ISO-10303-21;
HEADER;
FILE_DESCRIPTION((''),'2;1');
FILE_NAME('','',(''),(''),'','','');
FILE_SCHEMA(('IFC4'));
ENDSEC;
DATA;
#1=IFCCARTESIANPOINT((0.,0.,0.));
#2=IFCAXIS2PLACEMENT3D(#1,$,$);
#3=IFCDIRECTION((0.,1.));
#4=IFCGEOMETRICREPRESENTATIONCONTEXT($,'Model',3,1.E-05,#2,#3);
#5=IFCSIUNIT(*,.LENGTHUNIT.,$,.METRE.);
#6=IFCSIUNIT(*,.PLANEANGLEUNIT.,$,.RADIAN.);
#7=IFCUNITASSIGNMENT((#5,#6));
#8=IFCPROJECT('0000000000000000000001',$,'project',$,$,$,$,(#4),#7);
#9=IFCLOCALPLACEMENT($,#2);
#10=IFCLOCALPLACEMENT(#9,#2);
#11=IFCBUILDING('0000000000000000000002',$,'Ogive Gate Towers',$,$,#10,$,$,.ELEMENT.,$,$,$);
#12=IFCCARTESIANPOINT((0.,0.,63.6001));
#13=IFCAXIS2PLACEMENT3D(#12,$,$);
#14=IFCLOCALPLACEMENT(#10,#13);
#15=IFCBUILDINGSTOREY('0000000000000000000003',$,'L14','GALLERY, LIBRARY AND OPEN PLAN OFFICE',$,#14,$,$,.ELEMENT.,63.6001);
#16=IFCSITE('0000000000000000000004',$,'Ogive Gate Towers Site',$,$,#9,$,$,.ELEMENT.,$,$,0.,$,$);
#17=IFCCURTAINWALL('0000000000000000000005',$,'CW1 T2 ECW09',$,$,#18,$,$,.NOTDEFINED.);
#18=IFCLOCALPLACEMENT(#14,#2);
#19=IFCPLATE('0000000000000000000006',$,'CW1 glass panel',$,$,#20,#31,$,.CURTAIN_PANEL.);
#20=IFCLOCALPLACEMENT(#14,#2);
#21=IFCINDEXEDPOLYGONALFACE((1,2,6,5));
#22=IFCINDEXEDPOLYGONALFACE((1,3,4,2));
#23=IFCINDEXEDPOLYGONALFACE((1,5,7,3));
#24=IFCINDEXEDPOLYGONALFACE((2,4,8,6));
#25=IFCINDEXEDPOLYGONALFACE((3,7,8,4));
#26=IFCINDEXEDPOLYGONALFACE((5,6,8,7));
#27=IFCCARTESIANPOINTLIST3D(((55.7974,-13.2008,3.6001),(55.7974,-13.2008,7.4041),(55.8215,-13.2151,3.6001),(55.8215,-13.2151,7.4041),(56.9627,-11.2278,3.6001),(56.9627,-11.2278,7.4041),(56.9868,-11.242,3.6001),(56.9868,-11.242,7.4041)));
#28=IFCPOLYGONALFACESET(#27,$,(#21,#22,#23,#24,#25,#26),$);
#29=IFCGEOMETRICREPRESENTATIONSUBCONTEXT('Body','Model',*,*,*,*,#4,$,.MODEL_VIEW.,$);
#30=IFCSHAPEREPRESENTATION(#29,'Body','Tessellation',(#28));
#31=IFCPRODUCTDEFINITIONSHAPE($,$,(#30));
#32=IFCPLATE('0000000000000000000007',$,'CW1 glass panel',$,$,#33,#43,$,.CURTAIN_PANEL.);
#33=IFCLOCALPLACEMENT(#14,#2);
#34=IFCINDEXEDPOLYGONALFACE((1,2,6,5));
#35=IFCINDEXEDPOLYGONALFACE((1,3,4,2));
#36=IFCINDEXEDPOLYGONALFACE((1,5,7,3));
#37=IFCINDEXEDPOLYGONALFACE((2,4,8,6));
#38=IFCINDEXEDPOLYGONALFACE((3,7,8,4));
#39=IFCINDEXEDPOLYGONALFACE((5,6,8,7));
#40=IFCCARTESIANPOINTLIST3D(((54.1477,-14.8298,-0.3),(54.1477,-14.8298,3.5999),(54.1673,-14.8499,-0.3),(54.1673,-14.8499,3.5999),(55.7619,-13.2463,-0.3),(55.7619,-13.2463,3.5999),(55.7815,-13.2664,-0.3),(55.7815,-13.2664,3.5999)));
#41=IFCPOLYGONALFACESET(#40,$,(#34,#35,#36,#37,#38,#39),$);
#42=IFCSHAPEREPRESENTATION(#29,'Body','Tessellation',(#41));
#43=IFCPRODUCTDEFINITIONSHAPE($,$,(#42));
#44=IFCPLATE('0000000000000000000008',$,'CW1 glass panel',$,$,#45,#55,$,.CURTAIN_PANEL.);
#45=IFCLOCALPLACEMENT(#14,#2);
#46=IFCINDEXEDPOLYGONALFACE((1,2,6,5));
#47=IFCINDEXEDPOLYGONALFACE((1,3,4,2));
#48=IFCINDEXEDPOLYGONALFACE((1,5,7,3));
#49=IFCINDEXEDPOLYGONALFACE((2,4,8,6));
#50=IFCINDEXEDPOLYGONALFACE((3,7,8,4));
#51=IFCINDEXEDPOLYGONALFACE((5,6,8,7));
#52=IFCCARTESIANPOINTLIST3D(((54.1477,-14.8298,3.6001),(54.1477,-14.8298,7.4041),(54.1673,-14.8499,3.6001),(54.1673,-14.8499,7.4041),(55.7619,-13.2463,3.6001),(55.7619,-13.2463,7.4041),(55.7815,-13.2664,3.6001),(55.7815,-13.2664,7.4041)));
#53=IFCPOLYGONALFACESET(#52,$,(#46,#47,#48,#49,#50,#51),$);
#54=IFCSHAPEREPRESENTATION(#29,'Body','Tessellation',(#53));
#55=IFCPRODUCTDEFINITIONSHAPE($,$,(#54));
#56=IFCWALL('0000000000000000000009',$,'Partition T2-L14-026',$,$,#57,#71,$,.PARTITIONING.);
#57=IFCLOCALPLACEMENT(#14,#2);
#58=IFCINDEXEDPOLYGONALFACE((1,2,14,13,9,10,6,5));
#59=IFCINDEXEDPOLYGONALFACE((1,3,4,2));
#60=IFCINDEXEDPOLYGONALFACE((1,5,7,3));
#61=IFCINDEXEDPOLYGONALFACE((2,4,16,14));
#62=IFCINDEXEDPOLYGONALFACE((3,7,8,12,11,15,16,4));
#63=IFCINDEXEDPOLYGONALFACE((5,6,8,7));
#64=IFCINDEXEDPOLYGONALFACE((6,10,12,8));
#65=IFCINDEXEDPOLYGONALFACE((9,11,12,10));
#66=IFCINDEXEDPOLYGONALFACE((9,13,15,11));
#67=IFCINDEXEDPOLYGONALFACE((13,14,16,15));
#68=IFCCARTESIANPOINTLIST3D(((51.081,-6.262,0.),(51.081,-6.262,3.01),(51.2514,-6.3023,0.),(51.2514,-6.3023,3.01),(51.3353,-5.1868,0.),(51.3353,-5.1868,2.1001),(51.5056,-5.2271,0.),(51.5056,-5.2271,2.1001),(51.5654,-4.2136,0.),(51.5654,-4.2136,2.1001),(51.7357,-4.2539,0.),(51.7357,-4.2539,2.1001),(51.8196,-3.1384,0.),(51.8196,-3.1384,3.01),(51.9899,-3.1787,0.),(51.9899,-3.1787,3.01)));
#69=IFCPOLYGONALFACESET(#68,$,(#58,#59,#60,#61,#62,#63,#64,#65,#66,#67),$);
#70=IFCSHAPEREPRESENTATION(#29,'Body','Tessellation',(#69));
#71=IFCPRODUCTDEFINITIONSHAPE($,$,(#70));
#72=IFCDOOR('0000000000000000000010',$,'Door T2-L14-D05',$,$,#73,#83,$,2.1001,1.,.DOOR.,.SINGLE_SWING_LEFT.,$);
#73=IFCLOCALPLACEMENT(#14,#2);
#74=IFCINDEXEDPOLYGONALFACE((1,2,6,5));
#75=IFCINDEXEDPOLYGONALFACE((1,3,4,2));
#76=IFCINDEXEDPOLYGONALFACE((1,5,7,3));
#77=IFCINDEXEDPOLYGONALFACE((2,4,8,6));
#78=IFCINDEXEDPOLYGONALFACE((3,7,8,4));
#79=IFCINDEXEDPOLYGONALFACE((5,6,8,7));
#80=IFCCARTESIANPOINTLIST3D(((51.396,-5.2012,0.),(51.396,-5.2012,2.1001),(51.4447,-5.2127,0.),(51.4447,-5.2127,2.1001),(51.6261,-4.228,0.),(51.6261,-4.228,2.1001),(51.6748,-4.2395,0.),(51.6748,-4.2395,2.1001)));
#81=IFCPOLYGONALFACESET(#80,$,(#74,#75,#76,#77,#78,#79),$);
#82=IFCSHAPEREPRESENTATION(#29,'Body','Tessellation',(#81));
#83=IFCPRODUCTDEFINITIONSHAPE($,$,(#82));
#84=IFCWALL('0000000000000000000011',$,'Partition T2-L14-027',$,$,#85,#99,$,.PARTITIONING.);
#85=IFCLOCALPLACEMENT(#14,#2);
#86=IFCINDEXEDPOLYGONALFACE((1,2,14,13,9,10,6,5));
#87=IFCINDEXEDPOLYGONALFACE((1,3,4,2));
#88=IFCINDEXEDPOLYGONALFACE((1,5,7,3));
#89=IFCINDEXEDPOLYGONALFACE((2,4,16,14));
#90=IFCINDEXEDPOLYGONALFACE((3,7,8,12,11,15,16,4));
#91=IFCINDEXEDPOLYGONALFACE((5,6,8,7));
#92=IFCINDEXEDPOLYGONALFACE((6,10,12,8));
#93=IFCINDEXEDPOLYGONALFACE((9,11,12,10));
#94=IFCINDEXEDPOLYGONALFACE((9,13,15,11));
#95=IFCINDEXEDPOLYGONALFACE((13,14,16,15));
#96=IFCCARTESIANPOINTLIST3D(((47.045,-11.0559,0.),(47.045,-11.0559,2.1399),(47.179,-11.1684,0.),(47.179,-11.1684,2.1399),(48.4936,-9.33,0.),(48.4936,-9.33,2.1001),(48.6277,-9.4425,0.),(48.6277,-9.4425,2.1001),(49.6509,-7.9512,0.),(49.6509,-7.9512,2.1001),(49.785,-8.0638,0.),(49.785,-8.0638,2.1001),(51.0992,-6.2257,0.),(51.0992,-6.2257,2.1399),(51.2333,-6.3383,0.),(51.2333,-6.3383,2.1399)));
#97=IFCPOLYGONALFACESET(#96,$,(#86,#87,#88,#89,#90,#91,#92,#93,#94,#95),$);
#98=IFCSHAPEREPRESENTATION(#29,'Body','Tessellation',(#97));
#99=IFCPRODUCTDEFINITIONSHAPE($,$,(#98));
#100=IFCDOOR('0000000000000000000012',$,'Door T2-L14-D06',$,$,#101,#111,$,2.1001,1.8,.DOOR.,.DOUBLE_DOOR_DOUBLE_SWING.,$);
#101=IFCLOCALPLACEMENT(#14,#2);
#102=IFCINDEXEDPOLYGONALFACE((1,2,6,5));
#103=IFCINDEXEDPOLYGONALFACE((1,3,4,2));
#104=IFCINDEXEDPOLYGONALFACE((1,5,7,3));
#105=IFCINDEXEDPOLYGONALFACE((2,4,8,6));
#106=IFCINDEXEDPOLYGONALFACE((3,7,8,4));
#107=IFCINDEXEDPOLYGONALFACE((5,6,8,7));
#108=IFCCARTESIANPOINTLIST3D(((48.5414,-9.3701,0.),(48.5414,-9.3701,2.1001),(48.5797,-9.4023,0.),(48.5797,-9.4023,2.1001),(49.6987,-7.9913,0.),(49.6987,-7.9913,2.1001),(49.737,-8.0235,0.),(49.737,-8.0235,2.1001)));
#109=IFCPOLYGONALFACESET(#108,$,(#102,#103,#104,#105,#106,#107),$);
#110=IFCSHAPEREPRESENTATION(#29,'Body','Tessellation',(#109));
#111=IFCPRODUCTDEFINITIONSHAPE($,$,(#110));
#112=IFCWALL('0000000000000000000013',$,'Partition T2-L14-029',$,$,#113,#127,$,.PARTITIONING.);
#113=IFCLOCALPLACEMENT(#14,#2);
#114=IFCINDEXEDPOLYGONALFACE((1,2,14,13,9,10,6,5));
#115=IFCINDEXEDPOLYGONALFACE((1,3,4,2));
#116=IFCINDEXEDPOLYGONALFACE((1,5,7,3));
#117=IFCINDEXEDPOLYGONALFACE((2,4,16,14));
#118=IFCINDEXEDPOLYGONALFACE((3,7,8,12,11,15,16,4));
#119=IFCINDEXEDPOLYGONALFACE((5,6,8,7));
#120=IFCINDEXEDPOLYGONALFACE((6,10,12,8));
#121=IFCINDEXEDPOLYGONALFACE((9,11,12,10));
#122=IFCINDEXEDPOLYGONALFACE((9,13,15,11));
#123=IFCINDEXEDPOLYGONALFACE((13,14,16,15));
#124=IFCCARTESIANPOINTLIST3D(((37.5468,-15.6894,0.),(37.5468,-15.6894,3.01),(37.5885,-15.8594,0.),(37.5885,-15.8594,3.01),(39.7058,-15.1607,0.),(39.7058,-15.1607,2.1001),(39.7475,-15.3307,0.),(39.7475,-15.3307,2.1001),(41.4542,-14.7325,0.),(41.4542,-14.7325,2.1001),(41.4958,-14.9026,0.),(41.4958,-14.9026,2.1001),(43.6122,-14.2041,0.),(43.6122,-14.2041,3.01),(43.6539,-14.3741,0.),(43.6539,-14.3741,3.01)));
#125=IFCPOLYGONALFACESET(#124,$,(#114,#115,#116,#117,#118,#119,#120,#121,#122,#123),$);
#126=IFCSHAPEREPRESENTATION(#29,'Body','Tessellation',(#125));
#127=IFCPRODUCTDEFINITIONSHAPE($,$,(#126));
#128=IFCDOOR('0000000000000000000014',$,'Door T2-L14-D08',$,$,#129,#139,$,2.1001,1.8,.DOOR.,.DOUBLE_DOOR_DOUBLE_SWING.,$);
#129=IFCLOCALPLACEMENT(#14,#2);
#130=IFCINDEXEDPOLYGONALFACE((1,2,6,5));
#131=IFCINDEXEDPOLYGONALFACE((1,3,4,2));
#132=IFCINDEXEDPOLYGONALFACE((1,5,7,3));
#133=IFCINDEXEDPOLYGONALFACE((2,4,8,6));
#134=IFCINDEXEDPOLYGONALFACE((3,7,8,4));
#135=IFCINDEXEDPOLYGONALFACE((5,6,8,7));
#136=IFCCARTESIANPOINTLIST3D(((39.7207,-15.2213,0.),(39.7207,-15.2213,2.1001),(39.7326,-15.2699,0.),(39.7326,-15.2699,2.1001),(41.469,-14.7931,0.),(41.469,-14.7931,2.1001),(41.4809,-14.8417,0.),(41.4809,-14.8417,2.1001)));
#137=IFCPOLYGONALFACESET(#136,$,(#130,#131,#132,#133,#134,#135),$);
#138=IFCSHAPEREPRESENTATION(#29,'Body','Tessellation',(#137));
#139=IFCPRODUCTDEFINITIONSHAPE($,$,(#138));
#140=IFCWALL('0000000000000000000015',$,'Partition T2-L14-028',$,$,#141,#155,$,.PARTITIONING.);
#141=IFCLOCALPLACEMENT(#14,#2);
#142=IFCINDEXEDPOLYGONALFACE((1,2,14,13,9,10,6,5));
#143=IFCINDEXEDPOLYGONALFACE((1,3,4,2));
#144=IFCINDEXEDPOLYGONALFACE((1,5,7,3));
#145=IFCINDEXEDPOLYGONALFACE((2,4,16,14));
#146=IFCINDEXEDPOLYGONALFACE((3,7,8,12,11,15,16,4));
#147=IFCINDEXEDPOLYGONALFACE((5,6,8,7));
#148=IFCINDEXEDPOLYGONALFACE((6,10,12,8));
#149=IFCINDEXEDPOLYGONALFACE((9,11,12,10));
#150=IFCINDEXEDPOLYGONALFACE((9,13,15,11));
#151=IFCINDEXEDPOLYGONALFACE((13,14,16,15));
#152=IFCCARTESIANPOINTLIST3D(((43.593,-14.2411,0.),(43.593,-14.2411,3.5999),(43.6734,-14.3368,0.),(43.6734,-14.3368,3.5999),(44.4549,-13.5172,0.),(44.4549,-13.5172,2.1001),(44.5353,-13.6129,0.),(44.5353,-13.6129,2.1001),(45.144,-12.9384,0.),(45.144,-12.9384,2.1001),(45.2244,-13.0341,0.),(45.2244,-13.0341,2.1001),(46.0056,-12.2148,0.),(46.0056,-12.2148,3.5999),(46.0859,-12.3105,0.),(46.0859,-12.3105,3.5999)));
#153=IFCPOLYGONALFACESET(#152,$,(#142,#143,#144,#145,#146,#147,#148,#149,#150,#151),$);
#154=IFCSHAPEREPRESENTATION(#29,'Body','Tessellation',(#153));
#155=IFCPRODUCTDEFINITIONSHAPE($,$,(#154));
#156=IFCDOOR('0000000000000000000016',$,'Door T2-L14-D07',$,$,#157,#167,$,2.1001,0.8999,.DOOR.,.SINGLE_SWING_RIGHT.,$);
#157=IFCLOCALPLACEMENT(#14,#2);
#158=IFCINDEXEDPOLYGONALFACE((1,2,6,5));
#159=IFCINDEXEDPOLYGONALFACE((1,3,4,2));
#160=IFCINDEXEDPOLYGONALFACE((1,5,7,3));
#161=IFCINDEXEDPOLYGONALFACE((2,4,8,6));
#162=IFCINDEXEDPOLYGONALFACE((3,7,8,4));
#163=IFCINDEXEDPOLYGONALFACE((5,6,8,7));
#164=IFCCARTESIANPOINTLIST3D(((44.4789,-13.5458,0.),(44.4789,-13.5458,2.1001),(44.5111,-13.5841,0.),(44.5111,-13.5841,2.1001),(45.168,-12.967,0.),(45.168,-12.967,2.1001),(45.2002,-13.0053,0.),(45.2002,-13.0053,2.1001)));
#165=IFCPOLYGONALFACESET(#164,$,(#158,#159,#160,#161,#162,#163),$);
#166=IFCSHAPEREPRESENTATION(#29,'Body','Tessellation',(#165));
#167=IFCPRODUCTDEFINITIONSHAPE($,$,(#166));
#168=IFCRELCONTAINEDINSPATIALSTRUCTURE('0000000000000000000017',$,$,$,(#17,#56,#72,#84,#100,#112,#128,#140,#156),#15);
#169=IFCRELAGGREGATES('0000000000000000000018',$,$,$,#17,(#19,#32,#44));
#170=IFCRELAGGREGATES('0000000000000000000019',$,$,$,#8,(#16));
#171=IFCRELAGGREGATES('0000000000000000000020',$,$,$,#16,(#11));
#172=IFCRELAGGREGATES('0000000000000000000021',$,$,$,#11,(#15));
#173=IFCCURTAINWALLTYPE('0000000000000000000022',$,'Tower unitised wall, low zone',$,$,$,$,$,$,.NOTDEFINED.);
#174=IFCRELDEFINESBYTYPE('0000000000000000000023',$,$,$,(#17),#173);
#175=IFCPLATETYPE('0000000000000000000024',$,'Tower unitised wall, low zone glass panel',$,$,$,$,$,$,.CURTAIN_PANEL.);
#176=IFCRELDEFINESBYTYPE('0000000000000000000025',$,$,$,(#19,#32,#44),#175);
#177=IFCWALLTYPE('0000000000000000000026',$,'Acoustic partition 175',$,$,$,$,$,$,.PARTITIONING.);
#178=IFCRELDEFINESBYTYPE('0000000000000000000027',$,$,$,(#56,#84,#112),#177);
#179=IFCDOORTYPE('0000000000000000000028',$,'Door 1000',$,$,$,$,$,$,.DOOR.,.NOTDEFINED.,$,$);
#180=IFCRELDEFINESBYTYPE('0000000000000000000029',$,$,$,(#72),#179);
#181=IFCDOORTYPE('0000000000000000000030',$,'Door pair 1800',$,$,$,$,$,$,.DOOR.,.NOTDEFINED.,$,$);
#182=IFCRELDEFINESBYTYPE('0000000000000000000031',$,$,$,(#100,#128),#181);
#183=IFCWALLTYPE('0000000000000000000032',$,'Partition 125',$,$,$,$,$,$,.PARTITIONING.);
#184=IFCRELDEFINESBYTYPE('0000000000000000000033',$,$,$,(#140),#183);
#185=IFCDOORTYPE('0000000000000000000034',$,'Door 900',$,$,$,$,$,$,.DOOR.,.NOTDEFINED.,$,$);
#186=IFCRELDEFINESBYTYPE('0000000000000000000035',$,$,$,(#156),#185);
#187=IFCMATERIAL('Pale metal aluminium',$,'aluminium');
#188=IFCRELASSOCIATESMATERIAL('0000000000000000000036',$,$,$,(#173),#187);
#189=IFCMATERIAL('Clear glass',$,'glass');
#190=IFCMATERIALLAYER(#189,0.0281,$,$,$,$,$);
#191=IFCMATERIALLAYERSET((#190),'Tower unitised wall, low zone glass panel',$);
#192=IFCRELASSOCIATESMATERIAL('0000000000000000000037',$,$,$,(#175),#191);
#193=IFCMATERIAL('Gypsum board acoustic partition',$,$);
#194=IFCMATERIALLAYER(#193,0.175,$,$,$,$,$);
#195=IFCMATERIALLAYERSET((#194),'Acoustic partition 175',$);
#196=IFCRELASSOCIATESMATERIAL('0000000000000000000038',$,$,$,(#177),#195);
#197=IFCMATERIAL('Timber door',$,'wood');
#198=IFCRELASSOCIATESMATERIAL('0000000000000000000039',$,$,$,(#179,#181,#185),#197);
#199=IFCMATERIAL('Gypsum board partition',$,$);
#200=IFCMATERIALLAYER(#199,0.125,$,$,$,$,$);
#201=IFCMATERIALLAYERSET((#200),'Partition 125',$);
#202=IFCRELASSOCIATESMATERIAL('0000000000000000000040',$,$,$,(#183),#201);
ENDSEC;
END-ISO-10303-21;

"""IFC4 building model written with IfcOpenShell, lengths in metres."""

from ifc_helpers import new_model, si_unit, direction, frame, frame_2d, origin, origin_2d, place, context, subcontext, project, spatial, rectangle, extrude, material, layer, layer_set, type_object, element, fill, aggregate, save


model = new_model("IFC4")

# Units and contexts
model_context = context("Model", 3, precision=1e-05, world=origin(), true_north=direction((0.0, 1.0)))
body_context = subcontext(model_context, "Body", "Model", "MODEL_VIEW")
ifc_project = project(units=[si_unit("LENGTHUNIT", "METRE"), si_unit("PLANEANGLEUNIT", "RADIAN")], contexts=[model_context])

# Site, building, storey
site_placement = place(None, origin())
site = spatial("IfcSite", under=ifc_project, at=site_placement, Name="Ogive Gate Towers Site", CompositionType="ELEMENT", RefElevation=0.0)
building_placement = place(site_placement, origin())
building = spatial("IfcBuilding", under=site, at=building_placement, Name="Ogive Gate Towers", CompositionType="ELEMENT")
storey_placement = place(building_placement, frame((0.0, 0.0, 63.6001)))
storey = spatial("IfcBuildingStorey", under=building, at=storey_placement, Name="L14", Description="GALLERY, LIBRARY AND OPEN PLAN OFFICE", CompositionType="ELEMENT", Elevation=63.6001)

# Curtain wall, plates
ifc_material_1 = material(Name="Pale metal aluminium", Category="aluminium")
curtain_wall_type = type_object("IfcCurtainWallType", Name="Tower unitised wall, low zone", PredefinedType="NOTDEFINED", material=ifc_material_1)
curtain_wall_placement = place(storey_placement, origin())
curtain_wall = element("IfcCurtainWall", 1, at=curtain_wall_placement, inside=storey, type_object=curtain_wall_type, Name="CW1 T2 ECW09", PredefinedType="NOTDEFINED")
ifc_material_2 = material(Name="Clear glass", Category="glass")
ifc_layer_1 = layer(ifc_material_2, 0.0281)
ifc_layer_set_1 = layer_set([ifc_layer_1], Name="Tower unitised wall, low zone glass panel")
plate_type = type_object("IfcPlateType", Name="Tower unitised wall, low zone glass panel", PredefinedType="CURTAIN_PANEL", material=ifc_layer_set_1)
plate_1_placement = place(storey_placement, frame((56.3921, -12.2214, 3.6001), z_axis=(0.0, 0.0, 1.0), x_axis=(-0.508531, -0.861044, 0.0)))
plate_1 = element("IfcPlate", 2, at=plate_1_placement, type_object=plate_type, Name="CW1 glass panel", PredefinedType="CURTAIN_PANEL", context=body_context, shape_type="SweptSolid", body=[
    extrude(rectangle(XDim=2.2915, YDim=0.0281, at=origin_2d()), origin(), (0.0, 0.0, 1.0), 3.804),
])
plate_2_placement = place(storey_placement, frame((54.9646, -14.0481, -0.3), z_axis=(0.0, 0.0, 1.0), x_axis=(-0.713862, -0.700287, 0.0)))
plate_2 = element("IfcPlate", 3, at=plate_2_placement, type_object=plate_type, Name="CW1 glass panel", PredefinedType="CURTAIN_PANEL", context=body_context, shape_type="SweptSolid", body=[
    extrude(rectangle(XDim=2.2612, YDim=0.0281, at=origin_2d()), origin(), (0.0, 0.0, 1.0), 3.8999),
])
plate_3_placement = place(storey_placement, frame((54.9646, -14.0481, 3.6001), z_axis=(0.0, 0.0, 1.0), x_axis=(-0.713862, -0.700287, 0.0)))
plate_3 = element("IfcPlate", 4, at=plate_3_placement, type_object=plate_type, Name="CW1 glass panel", PredefinedType="CURTAIN_PANEL", context=body_context, shape_type="SweptSolid", body=[
    extrude(rectangle(XDim=2.2612, YDim=0.0281, at=origin_2d()), origin(), (0.0, 0.0, 1.0), 3.804),
])
aggregate(curtain_wall, [plate_1, plate_2, plate_3])

# Walls, openings, doors
ifc_material_3 = material(Name="Gypsum board acoustic partition")
ifc_layer_2 = layer(ifc_material_3, 0.175)
ifc_layer_set_2 = layer_set([ifc_layer_2], Name="Acoustic partition 175")
wall_type_1 = type_object("IfcWallType", Name="Acoustic partition 175", PredefinedType="PARTITIONING", material=ifc_layer_set_2)
wall_1_placement = place(storey_placement, frame((51.9048, -3.1584, 0.0), z_axis=(0.0, 0.0, 1.0), x_axis=(-0.230095, -0.973168, 0.0)))
wall_1 = element("IfcWall", 5, at=wall_1_placement, inside=storey, type_object=wall_type_1, Name="Partition T2-L14-026", PredefinedType="PARTITIONING", context=body_context, shape_type="SweptSolid", body=[
    extrude(rectangle(XDim=3.2097, YDim=0.175, at=frame_2d((1.605, 0.0))), origin(), (0.0, 0.0, 1.0), 3.01),
])
opening_1_placement = place(wall_1_placement, frame((1.105, 0.0, 0.0)))
opening_1 = element("IfcOpeningElement", 6, at=opening_1_placement, cuts=wall_1, PredefinedType="OPENING", context=body_context, shape_type="SweptSolid", body=[
    extrude(rectangle(XDim=1.0, YDim=2.1001, at=frame_2d((0.5, 1.05))), frame((0.0, 0.0977, 0.0), z_axis=(0.0, -1.0, 0.0), x_axis=(1.0, 0.0, 0.0)), (0.0, 0.0, 1.0), 0.1951),
])
ifc_material_4 = material(Name="Timber door", Category="wood")
door_type_1 = type_object("IfcDoorType", Name="Door 1000", OperationType="NOTDEFINED", PredefinedType="DOOR", material=ifc_material_4)
door_1_placement = place(opening_1_placement, origin())
door_1 = element("IfcDoor", 7, at=door_1_placement, inside=storey, type_object=door_type_1, Name="Door T2-L14-D05", OperationType="SINGLE_SWING_LEFT", OverallHeight=2.1001, OverallWidth=1.0, PredefinedType="DOOR", context=body_context, shape_type="SweptSolid", body=[
    extrude(rectangle(XDim=1.0, YDim=2.1001, at=frame_2d((0.5, 1.05))), frame((0.0, 0.0249, 0.0), z_axis=(0.0, -1.0, 0.0), x_axis=(1.0, 0.0, 0.0)), (0.0, 0.0, 1.0), 0.05),
])
fill(opening_1, door_1)
wall_2_placement = place(storey_placement, frame((51.1663, -6.282, 0.0), z_axis=(0.0, 0.0, 1.0), x_axis=(-0.642907, -0.765944, 0.0)))
wall_2 = element("IfcWall", 8, at=wall_2_placement, inside=storey, type_object=wall_type_1, Name="Partition T2-L14-027", PredefinedType="PARTITIONING", context=body_context, shape_type="SweptSolid", body=[
    extrude(rectangle(XDim=6.3062, YDim=0.175, at=frame_2d((3.1531, 0.0))), origin(), (0.0, 0.0, 1.0), 2.1399),
])
opening_2_placement = place(wall_2_placement, frame((2.2529, 0.0, 0.0)))
opening_2 = element("IfcOpeningElement", 9, at=opening_2_placement, cuts=wall_2, PredefinedType="OPENING", context=body_context, shape_type="SweptSolid", body=[
    extrude(rectangle(XDim=1.8, YDim=2.1001, at=frame_2d((0.8999, 1.05))), frame((0.0, 0.0977, 0.0), z_axis=(0.0, -1.0, 0.0), x_axis=(1.0, 0.0, 0.0)), (0.0, 0.0, 1.0), 0.1951),
])
door_type_2 = type_object("IfcDoorType", Name="Door pair 1800", OperationType="NOTDEFINED", PredefinedType="DOOR", material=ifc_material_4)
door_2_placement = place(opening_2_placement, origin())
door_2 = element("IfcDoor", 10, at=door_2_placement, inside=storey, type_object=door_type_2, Name="Door T2-L14-D06", OperationType="DOUBLE_DOOR_DOUBLE_SWING", OverallHeight=2.1001, OverallWidth=1.8, PredefinedType="DOOR", context=body_context, shape_type="SweptSolid", body=[
    extrude(rectangle(XDim=1.8, YDim=2.1001, at=frame_2d((0.8999, 1.05))), frame((0.0, 0.0249, 0.0), z_axis=(0.0, -1.0, 0.0), x_axis=(1.0, 0.0, 0.0)), (0.0, 0.0, 1.0), 0.05),
])
fill(opening_2, door_2)
wall_3_placement = place(storey_placement, frame((43.6331, -14.2891, 0.0), z_axis=(0.0, 0.0, 1.0), x_axis=(-0.9713, -0.23786, 0.0)))
wall_3 = element("IfcWall", 11, at=wall_3_placement, inside=storey, type_object=wall_type_1, Name="Partition T2-L14-029", PredefinedType="PARTITIONING", context=body_context, shape_type="SweptSolid", body=[
    extrude(rectangle(XDim=6.2446, YDim=0.175, at=frame_2d((3.1223, 0.0))), origin(), (0.0, 0.0, 1.0), 3.01),
])
opening_3_placement = place(wall_3_placement, frame((2.2219, 0.0, 0.0)))
opening_3 = element("IfcOpeningElement", 12, at=opening_3_placement, cuts=wall_3, PredefinedType="OPENING", context=body_context, shape_type="SweptSolid", body=[
    extrude(rectangle(XDim=1.8, YDim=2.1001, at=frame_2d((0.8999, 1.05))), frame((0.0, 0.0977, 0.0), z_axis=(0.0, -1.0, 0.0), x_axis=(1.0, 0.0, 0.0)), (0.0, 0.0, 1.0), 0.1951),
])
door_3_placement = place(opening_3_placement, origin())
door_3 = element("IfcDoor", 13, at=door_3_placement, inside=storey, type_object=door_type_2, Name="Door T2-L14-D08", OperationType="DOUBLE_DOOR_DOUBLE_SWING", OverallHeight=2.1001, OverallWidth=1.8, PredefinedType="DOOR", context=body_context, shape_type="SweptSolid", body=[
    extrude(rectangle(XDim=1.8, YDim=2.1001, at=frame_2d((0.8999, 1.05))), frame((0.0, 0.0249, 0.0), z_axis=(0.0, -1.0, 0.0), x_axis=(1.0, 0.0, 0.0)), (0.0, 0.0, 1.0), 0.05),
])
fill(opening_3, door_3)
ifc_material_5 = material(Name="Gypsum board partition")
ifc_layer_3 = layer(ifc_material_5, 0.125)
ifc_layer_set_3 = layer_set([ifc_layer_3], Name="Partition 125")
wall_type_2 = type_object("IfcWallType", Name="Partition 125", PredefinedType="PARTITIONING", material=ifc_layer_set_3)
wall_4_placement = place(storey_placement, frame((46.0457, -12.2627, 0.0), z_axis=(0.0, 0.0, 1.0), x_axis=(-0.765738, -0.643152, 0.0)))
wall_4 = element("IfcWall", 14, at=wall_4_placement, inside=storey, type_object=wall_type_2, Name="Partition T2-L14-028", PredefinedType="PARTITIONING", context=body_context, shape_type="SweptSolid", body=[
    extrude(rectangle(XDim=3.1506, YDim=0.125, at=frame_2d((1.5752, 0.0))), origin(), (0.0, 0.0, 1.0), 3.5999),
])
opening_4_placement = place(wall_4_placement, frame((1.125, 0.0, 0.0)))
opening_4 = element("IfcOpeningElement", 15, at=opening_4_placement, cuts=wall_4, PredefinedType="OPENING", context=body_context, shape_type="SweptSolid", body=[
    extrude(rectangle(XDim=0.8999, YDim=2.1001, at=frame_2d((0.45, 1.05))), frame((0.0, 0.0725, 0.0), z_axis=(0.0, -1.0, 0.0), x_axis=(1.0, 0.0, 0.0)), (0.0, 0.0, 1.0), 0.145),
])
door_type_3 = type_object("IfcDoorType", Name="Door 900", OperationType="NOTDEFINED", PredefinedType="DOOR", material=ifc_material_4)
door_4_placement = place(opening_4_placement, origin())
door_4 = element("IfcDoor", 16, at=door_4_placement, inside=storey, type_object=door_type_3, Name="Door T2-L14-D07", OperationType="SINGLE_SWING_RIGHT", OverallHeight=2.1001, OverallWidth=0.8999, PredefinedType="DOOR", context=body_context, shape_type="SweptSolid", body=[
    extrude(rectangle(XDim=0.8999, YDim=2.1001, at=frame_2d((0.45, 1.05))), frame((0.0, 0.0249, 0.0), z_axis=(0.0, -1.0, 0.0), x_axis=(1.0, 0.0, 0.0)), (0.0, 0.0, 1.0), 0.05),
])
fill(opening_4, door_4)

save(model, "model.ifc")
